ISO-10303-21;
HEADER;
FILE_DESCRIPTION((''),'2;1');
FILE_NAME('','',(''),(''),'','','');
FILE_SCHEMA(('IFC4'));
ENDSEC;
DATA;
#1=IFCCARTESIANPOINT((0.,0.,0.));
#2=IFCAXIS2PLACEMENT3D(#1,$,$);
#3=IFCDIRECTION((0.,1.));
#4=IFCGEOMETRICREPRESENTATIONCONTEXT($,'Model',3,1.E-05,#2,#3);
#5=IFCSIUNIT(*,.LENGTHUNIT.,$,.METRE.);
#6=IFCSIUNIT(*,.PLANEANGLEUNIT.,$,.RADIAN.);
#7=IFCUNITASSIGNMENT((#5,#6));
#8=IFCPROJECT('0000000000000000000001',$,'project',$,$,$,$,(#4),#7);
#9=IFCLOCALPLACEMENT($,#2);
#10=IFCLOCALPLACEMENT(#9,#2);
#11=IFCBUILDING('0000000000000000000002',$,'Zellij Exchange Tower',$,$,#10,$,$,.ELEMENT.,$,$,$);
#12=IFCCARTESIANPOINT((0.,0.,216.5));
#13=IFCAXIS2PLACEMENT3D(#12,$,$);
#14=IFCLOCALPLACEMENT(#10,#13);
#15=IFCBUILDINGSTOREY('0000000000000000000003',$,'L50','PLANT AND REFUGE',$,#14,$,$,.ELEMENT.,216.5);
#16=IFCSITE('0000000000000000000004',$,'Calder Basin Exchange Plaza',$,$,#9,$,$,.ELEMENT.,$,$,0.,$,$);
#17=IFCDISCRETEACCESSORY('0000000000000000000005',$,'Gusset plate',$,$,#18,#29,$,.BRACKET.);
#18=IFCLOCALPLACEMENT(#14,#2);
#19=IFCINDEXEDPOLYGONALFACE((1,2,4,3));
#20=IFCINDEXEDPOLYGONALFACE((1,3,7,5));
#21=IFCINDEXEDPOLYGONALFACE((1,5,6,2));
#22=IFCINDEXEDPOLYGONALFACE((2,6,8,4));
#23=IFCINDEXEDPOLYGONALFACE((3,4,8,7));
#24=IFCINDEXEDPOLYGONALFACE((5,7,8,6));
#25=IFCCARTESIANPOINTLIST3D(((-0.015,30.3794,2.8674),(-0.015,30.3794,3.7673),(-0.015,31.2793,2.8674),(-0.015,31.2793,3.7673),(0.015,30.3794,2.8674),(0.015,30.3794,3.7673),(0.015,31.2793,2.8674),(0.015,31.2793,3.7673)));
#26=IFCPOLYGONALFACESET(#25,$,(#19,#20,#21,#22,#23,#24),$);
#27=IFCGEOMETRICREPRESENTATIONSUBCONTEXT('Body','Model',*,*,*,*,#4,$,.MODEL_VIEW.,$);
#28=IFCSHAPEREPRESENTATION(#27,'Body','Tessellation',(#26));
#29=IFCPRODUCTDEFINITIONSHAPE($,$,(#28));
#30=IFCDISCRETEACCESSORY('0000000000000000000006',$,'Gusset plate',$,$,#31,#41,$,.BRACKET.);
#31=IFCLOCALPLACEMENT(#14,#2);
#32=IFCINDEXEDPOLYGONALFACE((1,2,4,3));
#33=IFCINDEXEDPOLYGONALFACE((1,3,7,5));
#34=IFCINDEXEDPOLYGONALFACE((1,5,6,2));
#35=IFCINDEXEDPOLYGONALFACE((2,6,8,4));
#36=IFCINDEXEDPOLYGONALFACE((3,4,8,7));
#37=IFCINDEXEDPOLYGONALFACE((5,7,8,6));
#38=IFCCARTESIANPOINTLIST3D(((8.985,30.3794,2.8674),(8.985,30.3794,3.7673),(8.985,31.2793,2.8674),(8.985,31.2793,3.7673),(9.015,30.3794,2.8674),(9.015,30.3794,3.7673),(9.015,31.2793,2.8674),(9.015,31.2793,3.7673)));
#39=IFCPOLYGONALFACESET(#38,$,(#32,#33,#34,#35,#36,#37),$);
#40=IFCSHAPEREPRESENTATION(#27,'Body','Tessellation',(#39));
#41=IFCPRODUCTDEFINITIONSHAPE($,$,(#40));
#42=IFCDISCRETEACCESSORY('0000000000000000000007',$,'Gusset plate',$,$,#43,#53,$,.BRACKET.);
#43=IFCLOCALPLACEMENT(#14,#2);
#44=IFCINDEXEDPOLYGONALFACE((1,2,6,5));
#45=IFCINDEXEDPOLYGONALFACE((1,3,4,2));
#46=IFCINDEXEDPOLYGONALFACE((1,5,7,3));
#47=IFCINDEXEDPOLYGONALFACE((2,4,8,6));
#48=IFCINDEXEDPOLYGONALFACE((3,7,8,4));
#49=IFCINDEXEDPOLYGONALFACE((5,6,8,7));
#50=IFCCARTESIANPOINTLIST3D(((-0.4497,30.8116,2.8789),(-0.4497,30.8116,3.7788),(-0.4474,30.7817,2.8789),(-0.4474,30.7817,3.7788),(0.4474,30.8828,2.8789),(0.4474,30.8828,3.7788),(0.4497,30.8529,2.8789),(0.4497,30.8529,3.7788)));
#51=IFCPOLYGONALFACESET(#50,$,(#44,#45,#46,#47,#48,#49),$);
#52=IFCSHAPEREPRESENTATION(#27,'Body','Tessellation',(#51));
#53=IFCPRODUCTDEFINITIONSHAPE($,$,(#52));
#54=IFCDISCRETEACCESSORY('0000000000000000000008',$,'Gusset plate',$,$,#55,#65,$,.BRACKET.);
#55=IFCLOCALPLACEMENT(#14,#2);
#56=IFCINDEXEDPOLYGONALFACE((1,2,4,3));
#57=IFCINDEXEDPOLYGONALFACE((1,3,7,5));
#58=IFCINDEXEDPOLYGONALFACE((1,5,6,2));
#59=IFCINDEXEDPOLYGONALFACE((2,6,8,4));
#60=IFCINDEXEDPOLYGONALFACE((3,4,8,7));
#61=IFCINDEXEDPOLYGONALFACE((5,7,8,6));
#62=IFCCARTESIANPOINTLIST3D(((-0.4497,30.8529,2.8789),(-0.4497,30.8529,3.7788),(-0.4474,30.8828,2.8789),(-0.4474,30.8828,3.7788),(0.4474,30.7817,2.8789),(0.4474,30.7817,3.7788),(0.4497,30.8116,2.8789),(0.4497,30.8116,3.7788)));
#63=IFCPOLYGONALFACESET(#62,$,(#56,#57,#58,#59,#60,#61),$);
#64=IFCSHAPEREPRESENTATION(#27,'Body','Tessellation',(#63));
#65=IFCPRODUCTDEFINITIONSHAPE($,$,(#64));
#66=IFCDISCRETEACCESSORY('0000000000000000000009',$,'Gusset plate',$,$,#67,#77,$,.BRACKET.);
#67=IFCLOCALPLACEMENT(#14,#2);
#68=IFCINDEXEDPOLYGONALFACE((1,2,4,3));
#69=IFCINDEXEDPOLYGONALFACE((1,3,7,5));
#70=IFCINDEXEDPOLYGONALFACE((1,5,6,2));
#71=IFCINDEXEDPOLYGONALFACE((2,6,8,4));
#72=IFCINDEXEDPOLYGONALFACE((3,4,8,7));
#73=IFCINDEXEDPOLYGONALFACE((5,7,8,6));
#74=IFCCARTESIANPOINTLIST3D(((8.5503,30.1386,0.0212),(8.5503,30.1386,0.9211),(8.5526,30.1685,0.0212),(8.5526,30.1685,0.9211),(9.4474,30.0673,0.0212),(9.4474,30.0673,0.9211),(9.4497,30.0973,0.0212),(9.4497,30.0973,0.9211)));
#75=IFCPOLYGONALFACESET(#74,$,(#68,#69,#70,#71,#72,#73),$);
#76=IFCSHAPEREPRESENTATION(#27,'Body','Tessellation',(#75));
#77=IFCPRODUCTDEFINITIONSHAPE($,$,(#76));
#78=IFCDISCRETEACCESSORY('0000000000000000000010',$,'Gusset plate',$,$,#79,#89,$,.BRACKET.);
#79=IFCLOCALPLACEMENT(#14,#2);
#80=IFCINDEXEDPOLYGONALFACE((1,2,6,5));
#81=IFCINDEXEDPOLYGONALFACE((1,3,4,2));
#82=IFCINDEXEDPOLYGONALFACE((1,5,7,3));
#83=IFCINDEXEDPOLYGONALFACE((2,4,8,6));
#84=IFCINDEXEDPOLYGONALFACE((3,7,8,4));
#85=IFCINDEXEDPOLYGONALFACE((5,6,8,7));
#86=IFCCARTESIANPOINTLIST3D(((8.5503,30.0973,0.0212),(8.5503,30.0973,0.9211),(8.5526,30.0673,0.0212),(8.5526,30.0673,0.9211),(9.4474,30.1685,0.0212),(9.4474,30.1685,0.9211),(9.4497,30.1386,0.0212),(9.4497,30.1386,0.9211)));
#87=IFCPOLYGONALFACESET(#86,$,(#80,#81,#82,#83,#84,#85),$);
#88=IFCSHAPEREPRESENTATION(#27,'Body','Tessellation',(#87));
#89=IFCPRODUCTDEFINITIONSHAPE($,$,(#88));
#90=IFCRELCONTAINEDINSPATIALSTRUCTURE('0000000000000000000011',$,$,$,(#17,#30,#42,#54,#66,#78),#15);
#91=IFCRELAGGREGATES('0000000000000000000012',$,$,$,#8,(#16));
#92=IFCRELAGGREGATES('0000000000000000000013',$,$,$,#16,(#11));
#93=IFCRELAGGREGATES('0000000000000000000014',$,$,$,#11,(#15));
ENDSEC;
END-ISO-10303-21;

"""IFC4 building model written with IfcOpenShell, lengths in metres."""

from ifc_helpers import new_model, si_unit, direction, frame, origin, origin_2d, place, context, subcontext, project, spatial, rectangle, extrude, element, save


model = new_model("IFC4")

# Units and contexts
model_context = context("Model", 3, precision=1e-05, world=origin(), true_north=direction((0.0, 1.0)))
body_context = subcontext(model_context, "Body", "Model", "MODEL_VIEW")
ifc_project = project(units=[si_unit("LENGTHUNIT", "METRE"), si_unit("PLANEANGLEUNIT", "RADIAN")], contexts=[model_context])

# Site, building, storey
site_placement = place(None, origin())
site = spatial("IfcSite", under=ifc_project, at=site_placement, Name="Calder Basin Exchange Plaza", CompositionType="ELEMENT", RefElevation=0.0)
building_placement = place(site_placement, origin())
building = spatial("IfcBuilding", under=site, at=building_placement, Name="Zellij Exchange Tower", CompositionType="ELEMENT")
storey_placement = place(building_placement, frame((0.0, 0.0, 216.5)))
storey = spatial("IfcBuildingStorey", under=building, at=storey_placement, Name="L50", Description="PLANT AND REFUGE", CompositionType="ELEMENT", Elevation=216.5)

# Discrete accessories
for number, where, z_axis, x_axis, name in (
    (1, (0.0, 30.8293, 2.8674), (0.0, 0.0, 1.0), (0.0, 1.0, 0.0), "Gusset plate"),
    (2, (9.0, 30.8293, 2.8674), (0.0, 0.0, 1.0), (0.0, 1.0, 0.0), "Gusset plate"),
    (3, (0.0, 30.8323, 2.8789), (0.0, 0.0, 1.0), (0.996864, 0.079129, 0.0), "Gusset plate"),
    (4, (0.0, 30.8323, 2.8789), (0.0, 0.0, 1.0), (0.996864, -0.079129, 0.0), "Gusset plate"),
    (5, (9.0, 30.1179, 0.0212), (0.0, 0.0, 1.0), (0.996864, -0.079129, 0.0), "Gusset plate"),
    (6, (9.0, 30.1179, 0.0212), (0.0, 0.0, 1.0), (0.996864, 0.079129, 0.0), "Gusset plate"),
):
    element("IfcDiscreteAccessory", number, at=place(storey_placement, frame(where, z_axis=z_axis, x_axis=x_axis)), inside=storey, Name=name, PredefinedType="BRACKET", context=body_context, shape_type="SweptSolid", body=[
        extrude(rectangle(XDim=0.8999, YDim=0.03, at=origin_2d()), origin(), (0.0, 0.0, 1.0), 0.8999),
    ])

save(model, "model.ifc")
